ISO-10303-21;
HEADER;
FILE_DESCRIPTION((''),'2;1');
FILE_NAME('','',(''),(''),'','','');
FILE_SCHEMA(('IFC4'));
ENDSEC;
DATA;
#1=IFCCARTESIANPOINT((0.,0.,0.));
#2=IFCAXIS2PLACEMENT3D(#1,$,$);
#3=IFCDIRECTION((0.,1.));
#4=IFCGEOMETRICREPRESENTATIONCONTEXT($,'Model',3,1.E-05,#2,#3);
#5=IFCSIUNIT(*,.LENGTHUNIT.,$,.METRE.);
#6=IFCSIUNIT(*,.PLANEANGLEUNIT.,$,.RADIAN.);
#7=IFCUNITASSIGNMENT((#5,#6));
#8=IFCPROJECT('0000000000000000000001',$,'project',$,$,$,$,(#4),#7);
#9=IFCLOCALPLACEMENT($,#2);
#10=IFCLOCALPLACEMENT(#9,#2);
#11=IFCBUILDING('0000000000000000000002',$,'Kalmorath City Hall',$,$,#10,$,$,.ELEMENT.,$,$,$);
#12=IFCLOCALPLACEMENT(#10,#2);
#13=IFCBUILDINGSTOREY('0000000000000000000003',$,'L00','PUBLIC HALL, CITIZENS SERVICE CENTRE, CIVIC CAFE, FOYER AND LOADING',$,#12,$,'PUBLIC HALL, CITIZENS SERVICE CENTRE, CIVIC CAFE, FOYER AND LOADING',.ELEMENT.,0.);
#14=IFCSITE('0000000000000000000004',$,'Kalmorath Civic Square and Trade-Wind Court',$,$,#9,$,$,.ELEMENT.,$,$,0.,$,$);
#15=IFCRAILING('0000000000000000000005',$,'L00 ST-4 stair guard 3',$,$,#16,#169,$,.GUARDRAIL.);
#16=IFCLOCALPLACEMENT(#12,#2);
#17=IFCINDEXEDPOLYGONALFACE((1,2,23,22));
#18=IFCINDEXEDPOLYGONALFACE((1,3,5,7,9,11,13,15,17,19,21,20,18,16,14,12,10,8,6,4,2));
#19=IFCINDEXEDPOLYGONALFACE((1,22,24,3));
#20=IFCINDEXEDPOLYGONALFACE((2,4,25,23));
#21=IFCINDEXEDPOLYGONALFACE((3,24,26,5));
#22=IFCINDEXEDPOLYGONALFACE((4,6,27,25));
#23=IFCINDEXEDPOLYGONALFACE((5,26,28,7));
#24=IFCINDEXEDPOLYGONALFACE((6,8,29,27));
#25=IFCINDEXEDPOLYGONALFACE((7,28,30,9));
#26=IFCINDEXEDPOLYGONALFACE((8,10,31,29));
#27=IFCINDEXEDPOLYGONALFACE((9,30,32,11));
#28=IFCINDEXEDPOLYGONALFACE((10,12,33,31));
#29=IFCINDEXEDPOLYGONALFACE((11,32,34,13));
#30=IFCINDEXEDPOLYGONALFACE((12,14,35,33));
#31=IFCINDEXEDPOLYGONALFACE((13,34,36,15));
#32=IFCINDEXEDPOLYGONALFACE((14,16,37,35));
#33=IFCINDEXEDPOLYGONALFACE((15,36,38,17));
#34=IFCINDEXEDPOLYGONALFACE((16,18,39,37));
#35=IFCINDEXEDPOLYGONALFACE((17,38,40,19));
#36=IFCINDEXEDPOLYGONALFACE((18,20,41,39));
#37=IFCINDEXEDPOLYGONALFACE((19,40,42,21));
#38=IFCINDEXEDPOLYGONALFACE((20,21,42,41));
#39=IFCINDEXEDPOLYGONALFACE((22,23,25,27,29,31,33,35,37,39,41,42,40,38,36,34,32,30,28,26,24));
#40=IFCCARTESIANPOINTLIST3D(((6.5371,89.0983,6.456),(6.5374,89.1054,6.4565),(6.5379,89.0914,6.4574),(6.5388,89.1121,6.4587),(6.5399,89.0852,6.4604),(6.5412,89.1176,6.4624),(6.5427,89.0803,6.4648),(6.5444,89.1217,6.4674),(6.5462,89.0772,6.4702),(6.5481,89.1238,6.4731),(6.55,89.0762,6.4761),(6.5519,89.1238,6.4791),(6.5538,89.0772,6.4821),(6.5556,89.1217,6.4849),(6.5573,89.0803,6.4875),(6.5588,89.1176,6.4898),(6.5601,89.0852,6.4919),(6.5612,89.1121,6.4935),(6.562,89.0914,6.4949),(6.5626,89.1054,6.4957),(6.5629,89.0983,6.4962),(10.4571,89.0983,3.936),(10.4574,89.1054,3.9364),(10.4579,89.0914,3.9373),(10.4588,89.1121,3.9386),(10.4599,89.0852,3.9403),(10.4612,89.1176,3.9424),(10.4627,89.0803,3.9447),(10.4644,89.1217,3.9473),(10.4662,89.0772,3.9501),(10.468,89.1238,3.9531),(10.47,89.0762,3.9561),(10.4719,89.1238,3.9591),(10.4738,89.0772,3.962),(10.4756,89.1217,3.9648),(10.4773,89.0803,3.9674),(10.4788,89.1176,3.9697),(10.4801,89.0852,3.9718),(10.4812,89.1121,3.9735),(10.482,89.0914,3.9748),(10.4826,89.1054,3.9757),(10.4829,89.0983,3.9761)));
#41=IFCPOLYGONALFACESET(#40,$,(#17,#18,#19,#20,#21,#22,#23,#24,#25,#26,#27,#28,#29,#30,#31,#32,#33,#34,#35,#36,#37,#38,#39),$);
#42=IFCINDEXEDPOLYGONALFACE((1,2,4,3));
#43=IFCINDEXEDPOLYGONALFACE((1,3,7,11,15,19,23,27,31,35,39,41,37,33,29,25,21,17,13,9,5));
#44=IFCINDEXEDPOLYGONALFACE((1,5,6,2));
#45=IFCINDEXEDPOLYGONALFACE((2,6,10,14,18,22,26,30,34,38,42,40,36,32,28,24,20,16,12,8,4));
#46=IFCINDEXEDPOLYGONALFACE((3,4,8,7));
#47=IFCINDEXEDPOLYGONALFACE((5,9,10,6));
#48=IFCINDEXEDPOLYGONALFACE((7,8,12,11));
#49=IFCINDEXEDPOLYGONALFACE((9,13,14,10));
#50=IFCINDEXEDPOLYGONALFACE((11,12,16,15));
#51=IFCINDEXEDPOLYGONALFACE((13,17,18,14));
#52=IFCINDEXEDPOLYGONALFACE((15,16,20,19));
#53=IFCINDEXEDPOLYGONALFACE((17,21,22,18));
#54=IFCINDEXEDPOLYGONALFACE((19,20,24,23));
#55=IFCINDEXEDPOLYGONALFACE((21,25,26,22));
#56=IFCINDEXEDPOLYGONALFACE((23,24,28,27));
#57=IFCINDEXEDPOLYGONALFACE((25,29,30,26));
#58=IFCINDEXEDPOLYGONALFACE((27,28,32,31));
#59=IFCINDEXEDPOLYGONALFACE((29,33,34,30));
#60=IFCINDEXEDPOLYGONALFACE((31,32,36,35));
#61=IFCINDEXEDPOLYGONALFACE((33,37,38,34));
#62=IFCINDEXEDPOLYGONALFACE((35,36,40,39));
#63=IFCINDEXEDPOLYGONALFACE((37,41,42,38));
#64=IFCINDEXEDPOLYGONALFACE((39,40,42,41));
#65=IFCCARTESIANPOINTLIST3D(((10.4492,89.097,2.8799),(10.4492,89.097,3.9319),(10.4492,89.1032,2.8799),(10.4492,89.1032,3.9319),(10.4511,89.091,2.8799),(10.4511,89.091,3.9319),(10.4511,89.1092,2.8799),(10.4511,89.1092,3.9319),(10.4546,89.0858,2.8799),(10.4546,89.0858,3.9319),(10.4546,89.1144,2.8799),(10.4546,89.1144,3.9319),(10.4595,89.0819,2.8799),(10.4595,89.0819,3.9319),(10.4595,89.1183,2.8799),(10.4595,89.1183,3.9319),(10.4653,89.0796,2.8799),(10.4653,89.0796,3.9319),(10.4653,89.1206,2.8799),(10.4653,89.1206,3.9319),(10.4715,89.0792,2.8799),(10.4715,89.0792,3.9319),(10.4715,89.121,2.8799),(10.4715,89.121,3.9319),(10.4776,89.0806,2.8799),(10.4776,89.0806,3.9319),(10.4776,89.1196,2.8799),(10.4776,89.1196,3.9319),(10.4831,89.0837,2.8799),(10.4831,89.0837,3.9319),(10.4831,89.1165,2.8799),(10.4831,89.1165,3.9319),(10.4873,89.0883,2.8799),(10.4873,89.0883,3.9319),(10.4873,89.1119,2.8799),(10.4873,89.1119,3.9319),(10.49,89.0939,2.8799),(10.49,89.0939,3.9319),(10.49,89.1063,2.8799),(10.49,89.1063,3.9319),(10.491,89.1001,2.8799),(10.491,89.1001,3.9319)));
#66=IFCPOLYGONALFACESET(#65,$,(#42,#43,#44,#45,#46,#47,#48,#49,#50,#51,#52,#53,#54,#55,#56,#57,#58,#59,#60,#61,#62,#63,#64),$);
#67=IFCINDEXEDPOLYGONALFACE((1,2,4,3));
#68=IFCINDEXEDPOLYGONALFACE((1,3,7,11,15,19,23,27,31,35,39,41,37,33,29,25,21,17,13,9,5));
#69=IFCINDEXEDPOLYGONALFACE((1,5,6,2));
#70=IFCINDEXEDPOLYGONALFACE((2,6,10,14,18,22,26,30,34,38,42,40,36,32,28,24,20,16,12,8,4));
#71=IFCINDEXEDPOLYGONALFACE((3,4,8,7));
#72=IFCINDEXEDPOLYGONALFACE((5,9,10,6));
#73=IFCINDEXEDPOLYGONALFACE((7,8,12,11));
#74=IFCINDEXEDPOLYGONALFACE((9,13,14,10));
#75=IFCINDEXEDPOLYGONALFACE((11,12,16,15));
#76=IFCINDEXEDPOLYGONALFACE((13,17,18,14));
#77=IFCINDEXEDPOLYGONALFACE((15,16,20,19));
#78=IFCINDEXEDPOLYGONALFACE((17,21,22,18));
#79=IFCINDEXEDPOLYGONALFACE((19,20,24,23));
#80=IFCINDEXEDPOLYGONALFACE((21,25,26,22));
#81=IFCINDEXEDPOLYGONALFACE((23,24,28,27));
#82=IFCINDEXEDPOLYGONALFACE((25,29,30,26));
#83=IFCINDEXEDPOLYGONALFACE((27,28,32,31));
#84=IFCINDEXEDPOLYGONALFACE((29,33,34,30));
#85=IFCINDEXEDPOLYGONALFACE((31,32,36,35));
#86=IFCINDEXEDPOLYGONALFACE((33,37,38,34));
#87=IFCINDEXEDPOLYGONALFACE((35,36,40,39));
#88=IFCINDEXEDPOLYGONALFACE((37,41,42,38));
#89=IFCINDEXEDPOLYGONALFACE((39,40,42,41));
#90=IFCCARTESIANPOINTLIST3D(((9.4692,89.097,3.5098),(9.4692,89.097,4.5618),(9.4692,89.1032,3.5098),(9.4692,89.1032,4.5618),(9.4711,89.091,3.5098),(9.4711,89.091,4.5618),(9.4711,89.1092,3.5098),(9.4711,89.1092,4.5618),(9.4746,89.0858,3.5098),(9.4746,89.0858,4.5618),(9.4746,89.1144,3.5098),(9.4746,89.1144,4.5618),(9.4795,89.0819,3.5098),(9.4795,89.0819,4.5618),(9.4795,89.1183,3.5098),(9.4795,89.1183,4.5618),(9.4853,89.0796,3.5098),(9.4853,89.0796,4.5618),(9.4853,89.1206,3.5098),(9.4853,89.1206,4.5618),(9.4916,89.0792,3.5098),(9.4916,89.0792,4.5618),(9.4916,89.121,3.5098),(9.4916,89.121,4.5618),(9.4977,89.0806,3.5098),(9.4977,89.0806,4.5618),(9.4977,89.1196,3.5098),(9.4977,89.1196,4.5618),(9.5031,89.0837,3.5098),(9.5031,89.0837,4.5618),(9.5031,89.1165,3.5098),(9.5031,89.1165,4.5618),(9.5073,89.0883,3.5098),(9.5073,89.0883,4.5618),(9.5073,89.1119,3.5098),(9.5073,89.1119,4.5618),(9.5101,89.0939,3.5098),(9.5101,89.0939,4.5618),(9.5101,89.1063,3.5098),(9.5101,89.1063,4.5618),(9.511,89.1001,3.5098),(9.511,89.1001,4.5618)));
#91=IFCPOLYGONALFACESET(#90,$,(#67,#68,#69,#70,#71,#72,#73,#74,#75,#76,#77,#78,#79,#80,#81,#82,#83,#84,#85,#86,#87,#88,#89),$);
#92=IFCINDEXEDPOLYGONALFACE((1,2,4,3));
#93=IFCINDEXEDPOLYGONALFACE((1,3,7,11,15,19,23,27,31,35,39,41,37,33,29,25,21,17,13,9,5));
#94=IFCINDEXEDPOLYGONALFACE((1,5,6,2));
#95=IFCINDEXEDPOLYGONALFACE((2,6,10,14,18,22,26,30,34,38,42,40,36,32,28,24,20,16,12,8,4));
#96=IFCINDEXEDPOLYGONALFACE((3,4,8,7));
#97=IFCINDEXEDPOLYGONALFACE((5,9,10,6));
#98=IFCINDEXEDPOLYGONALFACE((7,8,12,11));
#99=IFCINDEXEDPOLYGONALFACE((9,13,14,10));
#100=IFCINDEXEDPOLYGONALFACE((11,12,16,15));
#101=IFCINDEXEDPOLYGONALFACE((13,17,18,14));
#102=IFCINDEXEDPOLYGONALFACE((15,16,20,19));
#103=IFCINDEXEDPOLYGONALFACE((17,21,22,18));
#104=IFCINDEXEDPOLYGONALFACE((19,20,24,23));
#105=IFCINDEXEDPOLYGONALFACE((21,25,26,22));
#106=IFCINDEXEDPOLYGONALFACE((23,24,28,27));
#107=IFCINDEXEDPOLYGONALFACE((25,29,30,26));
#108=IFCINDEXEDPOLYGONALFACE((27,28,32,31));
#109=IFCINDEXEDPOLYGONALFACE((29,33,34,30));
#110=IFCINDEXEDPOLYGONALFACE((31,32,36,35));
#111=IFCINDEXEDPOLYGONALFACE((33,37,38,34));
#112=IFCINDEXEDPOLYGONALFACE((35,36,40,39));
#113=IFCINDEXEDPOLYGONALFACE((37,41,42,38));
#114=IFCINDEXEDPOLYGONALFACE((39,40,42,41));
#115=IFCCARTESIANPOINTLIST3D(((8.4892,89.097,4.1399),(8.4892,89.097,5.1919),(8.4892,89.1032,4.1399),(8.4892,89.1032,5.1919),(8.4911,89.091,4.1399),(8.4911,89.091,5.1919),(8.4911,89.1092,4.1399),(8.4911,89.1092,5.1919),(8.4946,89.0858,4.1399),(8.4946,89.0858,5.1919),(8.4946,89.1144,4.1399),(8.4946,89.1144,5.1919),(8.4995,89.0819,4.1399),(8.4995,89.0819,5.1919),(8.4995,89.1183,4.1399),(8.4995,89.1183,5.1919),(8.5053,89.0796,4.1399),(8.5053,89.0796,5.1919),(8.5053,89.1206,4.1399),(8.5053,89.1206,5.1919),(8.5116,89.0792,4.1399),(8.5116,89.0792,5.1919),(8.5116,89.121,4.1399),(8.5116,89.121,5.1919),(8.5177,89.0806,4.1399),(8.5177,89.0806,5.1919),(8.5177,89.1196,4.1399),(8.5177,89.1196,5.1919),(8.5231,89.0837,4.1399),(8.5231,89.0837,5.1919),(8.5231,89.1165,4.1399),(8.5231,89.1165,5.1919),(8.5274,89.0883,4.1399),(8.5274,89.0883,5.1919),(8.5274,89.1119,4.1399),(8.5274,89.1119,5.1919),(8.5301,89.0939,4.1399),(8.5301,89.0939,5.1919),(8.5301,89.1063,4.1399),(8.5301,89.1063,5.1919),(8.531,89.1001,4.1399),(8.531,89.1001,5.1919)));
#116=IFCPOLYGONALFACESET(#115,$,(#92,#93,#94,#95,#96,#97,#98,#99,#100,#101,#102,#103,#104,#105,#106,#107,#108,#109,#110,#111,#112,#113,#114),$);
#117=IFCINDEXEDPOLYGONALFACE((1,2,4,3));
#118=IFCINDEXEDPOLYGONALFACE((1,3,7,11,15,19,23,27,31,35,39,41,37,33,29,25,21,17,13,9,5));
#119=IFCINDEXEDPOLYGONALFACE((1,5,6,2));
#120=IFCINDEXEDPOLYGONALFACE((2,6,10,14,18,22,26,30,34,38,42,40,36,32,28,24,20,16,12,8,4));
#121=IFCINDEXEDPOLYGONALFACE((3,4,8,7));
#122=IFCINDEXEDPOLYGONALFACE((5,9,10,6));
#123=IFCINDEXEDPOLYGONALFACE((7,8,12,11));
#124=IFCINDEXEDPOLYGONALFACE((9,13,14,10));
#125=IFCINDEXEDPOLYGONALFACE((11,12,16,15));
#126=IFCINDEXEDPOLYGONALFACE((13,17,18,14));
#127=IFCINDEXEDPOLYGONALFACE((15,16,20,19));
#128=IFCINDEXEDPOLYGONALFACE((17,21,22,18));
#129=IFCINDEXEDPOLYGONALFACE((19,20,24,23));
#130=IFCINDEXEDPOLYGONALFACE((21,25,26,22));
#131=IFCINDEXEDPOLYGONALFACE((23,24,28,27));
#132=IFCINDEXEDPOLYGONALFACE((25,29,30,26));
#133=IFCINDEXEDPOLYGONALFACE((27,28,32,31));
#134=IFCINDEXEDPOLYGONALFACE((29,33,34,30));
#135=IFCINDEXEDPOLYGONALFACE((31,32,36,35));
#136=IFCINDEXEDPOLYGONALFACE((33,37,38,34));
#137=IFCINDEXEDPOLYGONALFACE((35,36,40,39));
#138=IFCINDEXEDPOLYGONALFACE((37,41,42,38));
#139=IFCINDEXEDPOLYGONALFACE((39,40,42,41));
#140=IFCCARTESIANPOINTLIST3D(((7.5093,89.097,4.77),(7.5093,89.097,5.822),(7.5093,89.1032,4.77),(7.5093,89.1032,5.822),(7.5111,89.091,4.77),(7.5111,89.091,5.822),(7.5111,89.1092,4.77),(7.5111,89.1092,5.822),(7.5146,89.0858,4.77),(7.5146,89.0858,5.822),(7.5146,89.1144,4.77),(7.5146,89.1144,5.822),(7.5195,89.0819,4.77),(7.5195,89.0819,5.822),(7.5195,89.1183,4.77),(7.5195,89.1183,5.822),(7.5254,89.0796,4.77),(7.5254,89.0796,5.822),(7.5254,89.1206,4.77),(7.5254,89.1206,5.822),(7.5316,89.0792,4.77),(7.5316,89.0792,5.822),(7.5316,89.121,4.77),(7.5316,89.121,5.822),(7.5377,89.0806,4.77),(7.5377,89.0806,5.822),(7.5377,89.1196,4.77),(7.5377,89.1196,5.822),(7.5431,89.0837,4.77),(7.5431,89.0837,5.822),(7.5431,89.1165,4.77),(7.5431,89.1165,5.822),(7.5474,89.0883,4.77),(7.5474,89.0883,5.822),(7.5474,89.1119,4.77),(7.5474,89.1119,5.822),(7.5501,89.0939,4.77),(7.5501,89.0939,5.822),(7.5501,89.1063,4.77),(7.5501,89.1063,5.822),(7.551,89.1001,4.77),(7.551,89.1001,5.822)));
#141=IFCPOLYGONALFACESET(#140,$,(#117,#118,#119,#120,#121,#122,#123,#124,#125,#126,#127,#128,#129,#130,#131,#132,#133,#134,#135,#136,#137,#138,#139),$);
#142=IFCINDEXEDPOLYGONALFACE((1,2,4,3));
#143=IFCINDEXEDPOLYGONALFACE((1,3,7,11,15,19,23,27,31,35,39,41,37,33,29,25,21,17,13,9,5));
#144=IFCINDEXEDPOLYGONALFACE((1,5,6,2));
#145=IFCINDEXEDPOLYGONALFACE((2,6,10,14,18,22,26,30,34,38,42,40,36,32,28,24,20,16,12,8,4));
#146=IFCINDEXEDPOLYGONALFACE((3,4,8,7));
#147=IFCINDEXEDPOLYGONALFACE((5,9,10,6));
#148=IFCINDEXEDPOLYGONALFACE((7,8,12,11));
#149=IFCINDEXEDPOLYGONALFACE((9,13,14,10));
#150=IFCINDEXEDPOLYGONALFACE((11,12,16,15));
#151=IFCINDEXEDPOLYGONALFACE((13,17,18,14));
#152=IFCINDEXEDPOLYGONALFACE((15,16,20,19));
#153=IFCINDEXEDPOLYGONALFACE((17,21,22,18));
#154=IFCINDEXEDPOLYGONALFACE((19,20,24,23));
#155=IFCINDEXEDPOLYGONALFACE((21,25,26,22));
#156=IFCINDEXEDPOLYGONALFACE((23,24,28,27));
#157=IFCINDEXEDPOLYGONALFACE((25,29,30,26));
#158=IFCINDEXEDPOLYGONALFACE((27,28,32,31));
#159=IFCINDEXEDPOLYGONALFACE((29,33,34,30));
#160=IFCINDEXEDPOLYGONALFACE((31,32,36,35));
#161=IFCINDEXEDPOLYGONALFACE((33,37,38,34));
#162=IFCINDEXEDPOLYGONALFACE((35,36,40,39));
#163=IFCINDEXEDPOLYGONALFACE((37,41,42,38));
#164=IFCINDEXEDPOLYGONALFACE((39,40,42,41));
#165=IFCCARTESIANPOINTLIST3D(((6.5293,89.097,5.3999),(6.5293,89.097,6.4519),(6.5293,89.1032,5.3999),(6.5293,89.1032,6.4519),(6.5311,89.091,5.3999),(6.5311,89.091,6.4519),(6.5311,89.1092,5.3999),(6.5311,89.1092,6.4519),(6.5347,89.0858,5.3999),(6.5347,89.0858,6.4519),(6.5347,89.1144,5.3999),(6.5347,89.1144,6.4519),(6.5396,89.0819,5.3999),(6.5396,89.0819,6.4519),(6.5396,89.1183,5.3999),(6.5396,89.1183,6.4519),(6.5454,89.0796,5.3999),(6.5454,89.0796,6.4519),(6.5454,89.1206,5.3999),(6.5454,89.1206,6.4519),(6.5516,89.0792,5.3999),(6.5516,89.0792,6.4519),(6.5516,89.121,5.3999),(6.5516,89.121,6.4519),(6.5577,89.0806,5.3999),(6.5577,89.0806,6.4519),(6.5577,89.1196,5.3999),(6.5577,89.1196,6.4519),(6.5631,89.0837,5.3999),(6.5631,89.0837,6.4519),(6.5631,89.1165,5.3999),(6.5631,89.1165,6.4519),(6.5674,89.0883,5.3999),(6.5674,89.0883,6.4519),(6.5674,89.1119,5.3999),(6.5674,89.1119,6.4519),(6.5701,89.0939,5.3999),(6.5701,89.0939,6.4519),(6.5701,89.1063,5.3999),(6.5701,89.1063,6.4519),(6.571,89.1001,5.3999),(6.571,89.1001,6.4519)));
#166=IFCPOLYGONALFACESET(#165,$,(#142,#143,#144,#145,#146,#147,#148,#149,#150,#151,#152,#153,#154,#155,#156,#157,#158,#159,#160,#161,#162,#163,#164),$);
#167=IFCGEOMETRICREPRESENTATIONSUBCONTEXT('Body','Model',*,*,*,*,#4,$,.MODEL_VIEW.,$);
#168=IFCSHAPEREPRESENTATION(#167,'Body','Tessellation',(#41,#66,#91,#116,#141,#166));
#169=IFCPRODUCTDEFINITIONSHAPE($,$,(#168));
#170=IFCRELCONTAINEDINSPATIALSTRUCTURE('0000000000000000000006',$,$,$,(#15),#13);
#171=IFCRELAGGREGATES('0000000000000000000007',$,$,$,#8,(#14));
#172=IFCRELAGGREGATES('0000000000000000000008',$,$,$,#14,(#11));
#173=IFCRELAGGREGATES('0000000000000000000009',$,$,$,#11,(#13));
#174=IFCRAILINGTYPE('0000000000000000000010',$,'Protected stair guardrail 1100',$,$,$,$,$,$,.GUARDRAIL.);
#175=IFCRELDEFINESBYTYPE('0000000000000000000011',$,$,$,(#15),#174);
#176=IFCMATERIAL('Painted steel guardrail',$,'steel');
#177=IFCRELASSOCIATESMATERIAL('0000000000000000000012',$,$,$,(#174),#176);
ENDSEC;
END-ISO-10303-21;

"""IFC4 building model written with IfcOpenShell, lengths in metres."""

from ifc_helpers import new_model, si_unit, direction, frame, origin, origin_2d, place, context, subcontext, project, spatial, circle, extrude, material, type_object, element, save


model = new_model("IFC4")

# Units and contexts
model_context = context("Model", 3, precision=1e-05, world=origin(), true_north=direction((0.0, 1.0)))
body_context = subcontext(model_context, "Body", "Model", "MODEL_VIEW")
ifc_project = project(units=[si_unit("LENGTHUNIT", "METRE"), si_unit("PLANEANGLEUNIT", "RADIAN")], contexts=[model_context])

# Site, building, storey
site_placement = place(None, origin())
site = spatial("IfcSite", under=ifc_project, at=site_placement, Name="Kalmorath Civic Square and Trade-Wind Court", CompositionType="ELEMENT", RefElevation=0.0)
building_placement = place(site_placement, origin())
building = spatial("IfcBuilding", under=site, at=building_placement, Name="Kalmorath City Hall", CompositionType="ELEMENT")
storey_placement = place(building_placement, origin())
storey = spatial("IfcBuildingStorey", under=building, at=storey_placement, Name="L00", Description="PUBLIC HALL, CITIZENS SERVICE CENTRE, CIVIC CAFE, FOYER AND LOADING", LongName="PUBLIC HALL, CITIZENS SERVICE CENTRE, CIVIC CAFE, FOYER AND LOADING", CompositionType="ELEMENT", Elevation=0.0)

# Railing
ifc_material_1 = material(Name="Painted steel guardrail", Category="steel")
railing_type_1 = type_object("IfcRailingType", Name="Protected stair guardrail 1100", PredefinedType="GUARDRAIL", material=ifc_material_1)
railing_1_placement = place(storey_placement, frame((10.47, 89.1001, 2.8799)))
element("IfcRailing", 1, at=railing_1_placement, inside=storey, type_object=railing_type_1, Name="L00 ST-4 stair guard 3", PredefinedType="GUARDRAIL", context=body_context, shape_type="SweptSolid", body=[
    extrude(circle(Radius=0.0239, at=origin_2d()), frame((0.0, 0.0, 1.0762), z_axis=(-0.841172, 0.0, 0.540768), x_axis=(0.0, -1.0, 0.0)), (0.0, 0.0, 1.0), 4.6602),
    extrude(circle(Radius=0.021, at=origin_2d()), origin(), (0.0, 0.0, 1.0), 1.052),
    extrude(circle(Radius=0.021, at=origin_2d()), frame((-0.98, 0.0, 0.6299)), (0.0, 0.0, 1.0), 1.052),
    extrude(circle(Radius=0.021, at=origin_2d()), frame((-1.96, 0.0, 1.26)), (0.0, 0.0, 1.0), 1.052),
    extrude(circle(Radius=0.021, at=origin_2d()), frame((-2.9399, 0.0, 1.8901)), (0.0, 0.0, 1.0), 1.052),
    extrude(circle(Radius=0.021, at=origin_2d()), frame((-3.9199, 0.0, 2.52)), (0.0, 0.0, 1.0), 1.052),
])

save(model, "model.ifc")
